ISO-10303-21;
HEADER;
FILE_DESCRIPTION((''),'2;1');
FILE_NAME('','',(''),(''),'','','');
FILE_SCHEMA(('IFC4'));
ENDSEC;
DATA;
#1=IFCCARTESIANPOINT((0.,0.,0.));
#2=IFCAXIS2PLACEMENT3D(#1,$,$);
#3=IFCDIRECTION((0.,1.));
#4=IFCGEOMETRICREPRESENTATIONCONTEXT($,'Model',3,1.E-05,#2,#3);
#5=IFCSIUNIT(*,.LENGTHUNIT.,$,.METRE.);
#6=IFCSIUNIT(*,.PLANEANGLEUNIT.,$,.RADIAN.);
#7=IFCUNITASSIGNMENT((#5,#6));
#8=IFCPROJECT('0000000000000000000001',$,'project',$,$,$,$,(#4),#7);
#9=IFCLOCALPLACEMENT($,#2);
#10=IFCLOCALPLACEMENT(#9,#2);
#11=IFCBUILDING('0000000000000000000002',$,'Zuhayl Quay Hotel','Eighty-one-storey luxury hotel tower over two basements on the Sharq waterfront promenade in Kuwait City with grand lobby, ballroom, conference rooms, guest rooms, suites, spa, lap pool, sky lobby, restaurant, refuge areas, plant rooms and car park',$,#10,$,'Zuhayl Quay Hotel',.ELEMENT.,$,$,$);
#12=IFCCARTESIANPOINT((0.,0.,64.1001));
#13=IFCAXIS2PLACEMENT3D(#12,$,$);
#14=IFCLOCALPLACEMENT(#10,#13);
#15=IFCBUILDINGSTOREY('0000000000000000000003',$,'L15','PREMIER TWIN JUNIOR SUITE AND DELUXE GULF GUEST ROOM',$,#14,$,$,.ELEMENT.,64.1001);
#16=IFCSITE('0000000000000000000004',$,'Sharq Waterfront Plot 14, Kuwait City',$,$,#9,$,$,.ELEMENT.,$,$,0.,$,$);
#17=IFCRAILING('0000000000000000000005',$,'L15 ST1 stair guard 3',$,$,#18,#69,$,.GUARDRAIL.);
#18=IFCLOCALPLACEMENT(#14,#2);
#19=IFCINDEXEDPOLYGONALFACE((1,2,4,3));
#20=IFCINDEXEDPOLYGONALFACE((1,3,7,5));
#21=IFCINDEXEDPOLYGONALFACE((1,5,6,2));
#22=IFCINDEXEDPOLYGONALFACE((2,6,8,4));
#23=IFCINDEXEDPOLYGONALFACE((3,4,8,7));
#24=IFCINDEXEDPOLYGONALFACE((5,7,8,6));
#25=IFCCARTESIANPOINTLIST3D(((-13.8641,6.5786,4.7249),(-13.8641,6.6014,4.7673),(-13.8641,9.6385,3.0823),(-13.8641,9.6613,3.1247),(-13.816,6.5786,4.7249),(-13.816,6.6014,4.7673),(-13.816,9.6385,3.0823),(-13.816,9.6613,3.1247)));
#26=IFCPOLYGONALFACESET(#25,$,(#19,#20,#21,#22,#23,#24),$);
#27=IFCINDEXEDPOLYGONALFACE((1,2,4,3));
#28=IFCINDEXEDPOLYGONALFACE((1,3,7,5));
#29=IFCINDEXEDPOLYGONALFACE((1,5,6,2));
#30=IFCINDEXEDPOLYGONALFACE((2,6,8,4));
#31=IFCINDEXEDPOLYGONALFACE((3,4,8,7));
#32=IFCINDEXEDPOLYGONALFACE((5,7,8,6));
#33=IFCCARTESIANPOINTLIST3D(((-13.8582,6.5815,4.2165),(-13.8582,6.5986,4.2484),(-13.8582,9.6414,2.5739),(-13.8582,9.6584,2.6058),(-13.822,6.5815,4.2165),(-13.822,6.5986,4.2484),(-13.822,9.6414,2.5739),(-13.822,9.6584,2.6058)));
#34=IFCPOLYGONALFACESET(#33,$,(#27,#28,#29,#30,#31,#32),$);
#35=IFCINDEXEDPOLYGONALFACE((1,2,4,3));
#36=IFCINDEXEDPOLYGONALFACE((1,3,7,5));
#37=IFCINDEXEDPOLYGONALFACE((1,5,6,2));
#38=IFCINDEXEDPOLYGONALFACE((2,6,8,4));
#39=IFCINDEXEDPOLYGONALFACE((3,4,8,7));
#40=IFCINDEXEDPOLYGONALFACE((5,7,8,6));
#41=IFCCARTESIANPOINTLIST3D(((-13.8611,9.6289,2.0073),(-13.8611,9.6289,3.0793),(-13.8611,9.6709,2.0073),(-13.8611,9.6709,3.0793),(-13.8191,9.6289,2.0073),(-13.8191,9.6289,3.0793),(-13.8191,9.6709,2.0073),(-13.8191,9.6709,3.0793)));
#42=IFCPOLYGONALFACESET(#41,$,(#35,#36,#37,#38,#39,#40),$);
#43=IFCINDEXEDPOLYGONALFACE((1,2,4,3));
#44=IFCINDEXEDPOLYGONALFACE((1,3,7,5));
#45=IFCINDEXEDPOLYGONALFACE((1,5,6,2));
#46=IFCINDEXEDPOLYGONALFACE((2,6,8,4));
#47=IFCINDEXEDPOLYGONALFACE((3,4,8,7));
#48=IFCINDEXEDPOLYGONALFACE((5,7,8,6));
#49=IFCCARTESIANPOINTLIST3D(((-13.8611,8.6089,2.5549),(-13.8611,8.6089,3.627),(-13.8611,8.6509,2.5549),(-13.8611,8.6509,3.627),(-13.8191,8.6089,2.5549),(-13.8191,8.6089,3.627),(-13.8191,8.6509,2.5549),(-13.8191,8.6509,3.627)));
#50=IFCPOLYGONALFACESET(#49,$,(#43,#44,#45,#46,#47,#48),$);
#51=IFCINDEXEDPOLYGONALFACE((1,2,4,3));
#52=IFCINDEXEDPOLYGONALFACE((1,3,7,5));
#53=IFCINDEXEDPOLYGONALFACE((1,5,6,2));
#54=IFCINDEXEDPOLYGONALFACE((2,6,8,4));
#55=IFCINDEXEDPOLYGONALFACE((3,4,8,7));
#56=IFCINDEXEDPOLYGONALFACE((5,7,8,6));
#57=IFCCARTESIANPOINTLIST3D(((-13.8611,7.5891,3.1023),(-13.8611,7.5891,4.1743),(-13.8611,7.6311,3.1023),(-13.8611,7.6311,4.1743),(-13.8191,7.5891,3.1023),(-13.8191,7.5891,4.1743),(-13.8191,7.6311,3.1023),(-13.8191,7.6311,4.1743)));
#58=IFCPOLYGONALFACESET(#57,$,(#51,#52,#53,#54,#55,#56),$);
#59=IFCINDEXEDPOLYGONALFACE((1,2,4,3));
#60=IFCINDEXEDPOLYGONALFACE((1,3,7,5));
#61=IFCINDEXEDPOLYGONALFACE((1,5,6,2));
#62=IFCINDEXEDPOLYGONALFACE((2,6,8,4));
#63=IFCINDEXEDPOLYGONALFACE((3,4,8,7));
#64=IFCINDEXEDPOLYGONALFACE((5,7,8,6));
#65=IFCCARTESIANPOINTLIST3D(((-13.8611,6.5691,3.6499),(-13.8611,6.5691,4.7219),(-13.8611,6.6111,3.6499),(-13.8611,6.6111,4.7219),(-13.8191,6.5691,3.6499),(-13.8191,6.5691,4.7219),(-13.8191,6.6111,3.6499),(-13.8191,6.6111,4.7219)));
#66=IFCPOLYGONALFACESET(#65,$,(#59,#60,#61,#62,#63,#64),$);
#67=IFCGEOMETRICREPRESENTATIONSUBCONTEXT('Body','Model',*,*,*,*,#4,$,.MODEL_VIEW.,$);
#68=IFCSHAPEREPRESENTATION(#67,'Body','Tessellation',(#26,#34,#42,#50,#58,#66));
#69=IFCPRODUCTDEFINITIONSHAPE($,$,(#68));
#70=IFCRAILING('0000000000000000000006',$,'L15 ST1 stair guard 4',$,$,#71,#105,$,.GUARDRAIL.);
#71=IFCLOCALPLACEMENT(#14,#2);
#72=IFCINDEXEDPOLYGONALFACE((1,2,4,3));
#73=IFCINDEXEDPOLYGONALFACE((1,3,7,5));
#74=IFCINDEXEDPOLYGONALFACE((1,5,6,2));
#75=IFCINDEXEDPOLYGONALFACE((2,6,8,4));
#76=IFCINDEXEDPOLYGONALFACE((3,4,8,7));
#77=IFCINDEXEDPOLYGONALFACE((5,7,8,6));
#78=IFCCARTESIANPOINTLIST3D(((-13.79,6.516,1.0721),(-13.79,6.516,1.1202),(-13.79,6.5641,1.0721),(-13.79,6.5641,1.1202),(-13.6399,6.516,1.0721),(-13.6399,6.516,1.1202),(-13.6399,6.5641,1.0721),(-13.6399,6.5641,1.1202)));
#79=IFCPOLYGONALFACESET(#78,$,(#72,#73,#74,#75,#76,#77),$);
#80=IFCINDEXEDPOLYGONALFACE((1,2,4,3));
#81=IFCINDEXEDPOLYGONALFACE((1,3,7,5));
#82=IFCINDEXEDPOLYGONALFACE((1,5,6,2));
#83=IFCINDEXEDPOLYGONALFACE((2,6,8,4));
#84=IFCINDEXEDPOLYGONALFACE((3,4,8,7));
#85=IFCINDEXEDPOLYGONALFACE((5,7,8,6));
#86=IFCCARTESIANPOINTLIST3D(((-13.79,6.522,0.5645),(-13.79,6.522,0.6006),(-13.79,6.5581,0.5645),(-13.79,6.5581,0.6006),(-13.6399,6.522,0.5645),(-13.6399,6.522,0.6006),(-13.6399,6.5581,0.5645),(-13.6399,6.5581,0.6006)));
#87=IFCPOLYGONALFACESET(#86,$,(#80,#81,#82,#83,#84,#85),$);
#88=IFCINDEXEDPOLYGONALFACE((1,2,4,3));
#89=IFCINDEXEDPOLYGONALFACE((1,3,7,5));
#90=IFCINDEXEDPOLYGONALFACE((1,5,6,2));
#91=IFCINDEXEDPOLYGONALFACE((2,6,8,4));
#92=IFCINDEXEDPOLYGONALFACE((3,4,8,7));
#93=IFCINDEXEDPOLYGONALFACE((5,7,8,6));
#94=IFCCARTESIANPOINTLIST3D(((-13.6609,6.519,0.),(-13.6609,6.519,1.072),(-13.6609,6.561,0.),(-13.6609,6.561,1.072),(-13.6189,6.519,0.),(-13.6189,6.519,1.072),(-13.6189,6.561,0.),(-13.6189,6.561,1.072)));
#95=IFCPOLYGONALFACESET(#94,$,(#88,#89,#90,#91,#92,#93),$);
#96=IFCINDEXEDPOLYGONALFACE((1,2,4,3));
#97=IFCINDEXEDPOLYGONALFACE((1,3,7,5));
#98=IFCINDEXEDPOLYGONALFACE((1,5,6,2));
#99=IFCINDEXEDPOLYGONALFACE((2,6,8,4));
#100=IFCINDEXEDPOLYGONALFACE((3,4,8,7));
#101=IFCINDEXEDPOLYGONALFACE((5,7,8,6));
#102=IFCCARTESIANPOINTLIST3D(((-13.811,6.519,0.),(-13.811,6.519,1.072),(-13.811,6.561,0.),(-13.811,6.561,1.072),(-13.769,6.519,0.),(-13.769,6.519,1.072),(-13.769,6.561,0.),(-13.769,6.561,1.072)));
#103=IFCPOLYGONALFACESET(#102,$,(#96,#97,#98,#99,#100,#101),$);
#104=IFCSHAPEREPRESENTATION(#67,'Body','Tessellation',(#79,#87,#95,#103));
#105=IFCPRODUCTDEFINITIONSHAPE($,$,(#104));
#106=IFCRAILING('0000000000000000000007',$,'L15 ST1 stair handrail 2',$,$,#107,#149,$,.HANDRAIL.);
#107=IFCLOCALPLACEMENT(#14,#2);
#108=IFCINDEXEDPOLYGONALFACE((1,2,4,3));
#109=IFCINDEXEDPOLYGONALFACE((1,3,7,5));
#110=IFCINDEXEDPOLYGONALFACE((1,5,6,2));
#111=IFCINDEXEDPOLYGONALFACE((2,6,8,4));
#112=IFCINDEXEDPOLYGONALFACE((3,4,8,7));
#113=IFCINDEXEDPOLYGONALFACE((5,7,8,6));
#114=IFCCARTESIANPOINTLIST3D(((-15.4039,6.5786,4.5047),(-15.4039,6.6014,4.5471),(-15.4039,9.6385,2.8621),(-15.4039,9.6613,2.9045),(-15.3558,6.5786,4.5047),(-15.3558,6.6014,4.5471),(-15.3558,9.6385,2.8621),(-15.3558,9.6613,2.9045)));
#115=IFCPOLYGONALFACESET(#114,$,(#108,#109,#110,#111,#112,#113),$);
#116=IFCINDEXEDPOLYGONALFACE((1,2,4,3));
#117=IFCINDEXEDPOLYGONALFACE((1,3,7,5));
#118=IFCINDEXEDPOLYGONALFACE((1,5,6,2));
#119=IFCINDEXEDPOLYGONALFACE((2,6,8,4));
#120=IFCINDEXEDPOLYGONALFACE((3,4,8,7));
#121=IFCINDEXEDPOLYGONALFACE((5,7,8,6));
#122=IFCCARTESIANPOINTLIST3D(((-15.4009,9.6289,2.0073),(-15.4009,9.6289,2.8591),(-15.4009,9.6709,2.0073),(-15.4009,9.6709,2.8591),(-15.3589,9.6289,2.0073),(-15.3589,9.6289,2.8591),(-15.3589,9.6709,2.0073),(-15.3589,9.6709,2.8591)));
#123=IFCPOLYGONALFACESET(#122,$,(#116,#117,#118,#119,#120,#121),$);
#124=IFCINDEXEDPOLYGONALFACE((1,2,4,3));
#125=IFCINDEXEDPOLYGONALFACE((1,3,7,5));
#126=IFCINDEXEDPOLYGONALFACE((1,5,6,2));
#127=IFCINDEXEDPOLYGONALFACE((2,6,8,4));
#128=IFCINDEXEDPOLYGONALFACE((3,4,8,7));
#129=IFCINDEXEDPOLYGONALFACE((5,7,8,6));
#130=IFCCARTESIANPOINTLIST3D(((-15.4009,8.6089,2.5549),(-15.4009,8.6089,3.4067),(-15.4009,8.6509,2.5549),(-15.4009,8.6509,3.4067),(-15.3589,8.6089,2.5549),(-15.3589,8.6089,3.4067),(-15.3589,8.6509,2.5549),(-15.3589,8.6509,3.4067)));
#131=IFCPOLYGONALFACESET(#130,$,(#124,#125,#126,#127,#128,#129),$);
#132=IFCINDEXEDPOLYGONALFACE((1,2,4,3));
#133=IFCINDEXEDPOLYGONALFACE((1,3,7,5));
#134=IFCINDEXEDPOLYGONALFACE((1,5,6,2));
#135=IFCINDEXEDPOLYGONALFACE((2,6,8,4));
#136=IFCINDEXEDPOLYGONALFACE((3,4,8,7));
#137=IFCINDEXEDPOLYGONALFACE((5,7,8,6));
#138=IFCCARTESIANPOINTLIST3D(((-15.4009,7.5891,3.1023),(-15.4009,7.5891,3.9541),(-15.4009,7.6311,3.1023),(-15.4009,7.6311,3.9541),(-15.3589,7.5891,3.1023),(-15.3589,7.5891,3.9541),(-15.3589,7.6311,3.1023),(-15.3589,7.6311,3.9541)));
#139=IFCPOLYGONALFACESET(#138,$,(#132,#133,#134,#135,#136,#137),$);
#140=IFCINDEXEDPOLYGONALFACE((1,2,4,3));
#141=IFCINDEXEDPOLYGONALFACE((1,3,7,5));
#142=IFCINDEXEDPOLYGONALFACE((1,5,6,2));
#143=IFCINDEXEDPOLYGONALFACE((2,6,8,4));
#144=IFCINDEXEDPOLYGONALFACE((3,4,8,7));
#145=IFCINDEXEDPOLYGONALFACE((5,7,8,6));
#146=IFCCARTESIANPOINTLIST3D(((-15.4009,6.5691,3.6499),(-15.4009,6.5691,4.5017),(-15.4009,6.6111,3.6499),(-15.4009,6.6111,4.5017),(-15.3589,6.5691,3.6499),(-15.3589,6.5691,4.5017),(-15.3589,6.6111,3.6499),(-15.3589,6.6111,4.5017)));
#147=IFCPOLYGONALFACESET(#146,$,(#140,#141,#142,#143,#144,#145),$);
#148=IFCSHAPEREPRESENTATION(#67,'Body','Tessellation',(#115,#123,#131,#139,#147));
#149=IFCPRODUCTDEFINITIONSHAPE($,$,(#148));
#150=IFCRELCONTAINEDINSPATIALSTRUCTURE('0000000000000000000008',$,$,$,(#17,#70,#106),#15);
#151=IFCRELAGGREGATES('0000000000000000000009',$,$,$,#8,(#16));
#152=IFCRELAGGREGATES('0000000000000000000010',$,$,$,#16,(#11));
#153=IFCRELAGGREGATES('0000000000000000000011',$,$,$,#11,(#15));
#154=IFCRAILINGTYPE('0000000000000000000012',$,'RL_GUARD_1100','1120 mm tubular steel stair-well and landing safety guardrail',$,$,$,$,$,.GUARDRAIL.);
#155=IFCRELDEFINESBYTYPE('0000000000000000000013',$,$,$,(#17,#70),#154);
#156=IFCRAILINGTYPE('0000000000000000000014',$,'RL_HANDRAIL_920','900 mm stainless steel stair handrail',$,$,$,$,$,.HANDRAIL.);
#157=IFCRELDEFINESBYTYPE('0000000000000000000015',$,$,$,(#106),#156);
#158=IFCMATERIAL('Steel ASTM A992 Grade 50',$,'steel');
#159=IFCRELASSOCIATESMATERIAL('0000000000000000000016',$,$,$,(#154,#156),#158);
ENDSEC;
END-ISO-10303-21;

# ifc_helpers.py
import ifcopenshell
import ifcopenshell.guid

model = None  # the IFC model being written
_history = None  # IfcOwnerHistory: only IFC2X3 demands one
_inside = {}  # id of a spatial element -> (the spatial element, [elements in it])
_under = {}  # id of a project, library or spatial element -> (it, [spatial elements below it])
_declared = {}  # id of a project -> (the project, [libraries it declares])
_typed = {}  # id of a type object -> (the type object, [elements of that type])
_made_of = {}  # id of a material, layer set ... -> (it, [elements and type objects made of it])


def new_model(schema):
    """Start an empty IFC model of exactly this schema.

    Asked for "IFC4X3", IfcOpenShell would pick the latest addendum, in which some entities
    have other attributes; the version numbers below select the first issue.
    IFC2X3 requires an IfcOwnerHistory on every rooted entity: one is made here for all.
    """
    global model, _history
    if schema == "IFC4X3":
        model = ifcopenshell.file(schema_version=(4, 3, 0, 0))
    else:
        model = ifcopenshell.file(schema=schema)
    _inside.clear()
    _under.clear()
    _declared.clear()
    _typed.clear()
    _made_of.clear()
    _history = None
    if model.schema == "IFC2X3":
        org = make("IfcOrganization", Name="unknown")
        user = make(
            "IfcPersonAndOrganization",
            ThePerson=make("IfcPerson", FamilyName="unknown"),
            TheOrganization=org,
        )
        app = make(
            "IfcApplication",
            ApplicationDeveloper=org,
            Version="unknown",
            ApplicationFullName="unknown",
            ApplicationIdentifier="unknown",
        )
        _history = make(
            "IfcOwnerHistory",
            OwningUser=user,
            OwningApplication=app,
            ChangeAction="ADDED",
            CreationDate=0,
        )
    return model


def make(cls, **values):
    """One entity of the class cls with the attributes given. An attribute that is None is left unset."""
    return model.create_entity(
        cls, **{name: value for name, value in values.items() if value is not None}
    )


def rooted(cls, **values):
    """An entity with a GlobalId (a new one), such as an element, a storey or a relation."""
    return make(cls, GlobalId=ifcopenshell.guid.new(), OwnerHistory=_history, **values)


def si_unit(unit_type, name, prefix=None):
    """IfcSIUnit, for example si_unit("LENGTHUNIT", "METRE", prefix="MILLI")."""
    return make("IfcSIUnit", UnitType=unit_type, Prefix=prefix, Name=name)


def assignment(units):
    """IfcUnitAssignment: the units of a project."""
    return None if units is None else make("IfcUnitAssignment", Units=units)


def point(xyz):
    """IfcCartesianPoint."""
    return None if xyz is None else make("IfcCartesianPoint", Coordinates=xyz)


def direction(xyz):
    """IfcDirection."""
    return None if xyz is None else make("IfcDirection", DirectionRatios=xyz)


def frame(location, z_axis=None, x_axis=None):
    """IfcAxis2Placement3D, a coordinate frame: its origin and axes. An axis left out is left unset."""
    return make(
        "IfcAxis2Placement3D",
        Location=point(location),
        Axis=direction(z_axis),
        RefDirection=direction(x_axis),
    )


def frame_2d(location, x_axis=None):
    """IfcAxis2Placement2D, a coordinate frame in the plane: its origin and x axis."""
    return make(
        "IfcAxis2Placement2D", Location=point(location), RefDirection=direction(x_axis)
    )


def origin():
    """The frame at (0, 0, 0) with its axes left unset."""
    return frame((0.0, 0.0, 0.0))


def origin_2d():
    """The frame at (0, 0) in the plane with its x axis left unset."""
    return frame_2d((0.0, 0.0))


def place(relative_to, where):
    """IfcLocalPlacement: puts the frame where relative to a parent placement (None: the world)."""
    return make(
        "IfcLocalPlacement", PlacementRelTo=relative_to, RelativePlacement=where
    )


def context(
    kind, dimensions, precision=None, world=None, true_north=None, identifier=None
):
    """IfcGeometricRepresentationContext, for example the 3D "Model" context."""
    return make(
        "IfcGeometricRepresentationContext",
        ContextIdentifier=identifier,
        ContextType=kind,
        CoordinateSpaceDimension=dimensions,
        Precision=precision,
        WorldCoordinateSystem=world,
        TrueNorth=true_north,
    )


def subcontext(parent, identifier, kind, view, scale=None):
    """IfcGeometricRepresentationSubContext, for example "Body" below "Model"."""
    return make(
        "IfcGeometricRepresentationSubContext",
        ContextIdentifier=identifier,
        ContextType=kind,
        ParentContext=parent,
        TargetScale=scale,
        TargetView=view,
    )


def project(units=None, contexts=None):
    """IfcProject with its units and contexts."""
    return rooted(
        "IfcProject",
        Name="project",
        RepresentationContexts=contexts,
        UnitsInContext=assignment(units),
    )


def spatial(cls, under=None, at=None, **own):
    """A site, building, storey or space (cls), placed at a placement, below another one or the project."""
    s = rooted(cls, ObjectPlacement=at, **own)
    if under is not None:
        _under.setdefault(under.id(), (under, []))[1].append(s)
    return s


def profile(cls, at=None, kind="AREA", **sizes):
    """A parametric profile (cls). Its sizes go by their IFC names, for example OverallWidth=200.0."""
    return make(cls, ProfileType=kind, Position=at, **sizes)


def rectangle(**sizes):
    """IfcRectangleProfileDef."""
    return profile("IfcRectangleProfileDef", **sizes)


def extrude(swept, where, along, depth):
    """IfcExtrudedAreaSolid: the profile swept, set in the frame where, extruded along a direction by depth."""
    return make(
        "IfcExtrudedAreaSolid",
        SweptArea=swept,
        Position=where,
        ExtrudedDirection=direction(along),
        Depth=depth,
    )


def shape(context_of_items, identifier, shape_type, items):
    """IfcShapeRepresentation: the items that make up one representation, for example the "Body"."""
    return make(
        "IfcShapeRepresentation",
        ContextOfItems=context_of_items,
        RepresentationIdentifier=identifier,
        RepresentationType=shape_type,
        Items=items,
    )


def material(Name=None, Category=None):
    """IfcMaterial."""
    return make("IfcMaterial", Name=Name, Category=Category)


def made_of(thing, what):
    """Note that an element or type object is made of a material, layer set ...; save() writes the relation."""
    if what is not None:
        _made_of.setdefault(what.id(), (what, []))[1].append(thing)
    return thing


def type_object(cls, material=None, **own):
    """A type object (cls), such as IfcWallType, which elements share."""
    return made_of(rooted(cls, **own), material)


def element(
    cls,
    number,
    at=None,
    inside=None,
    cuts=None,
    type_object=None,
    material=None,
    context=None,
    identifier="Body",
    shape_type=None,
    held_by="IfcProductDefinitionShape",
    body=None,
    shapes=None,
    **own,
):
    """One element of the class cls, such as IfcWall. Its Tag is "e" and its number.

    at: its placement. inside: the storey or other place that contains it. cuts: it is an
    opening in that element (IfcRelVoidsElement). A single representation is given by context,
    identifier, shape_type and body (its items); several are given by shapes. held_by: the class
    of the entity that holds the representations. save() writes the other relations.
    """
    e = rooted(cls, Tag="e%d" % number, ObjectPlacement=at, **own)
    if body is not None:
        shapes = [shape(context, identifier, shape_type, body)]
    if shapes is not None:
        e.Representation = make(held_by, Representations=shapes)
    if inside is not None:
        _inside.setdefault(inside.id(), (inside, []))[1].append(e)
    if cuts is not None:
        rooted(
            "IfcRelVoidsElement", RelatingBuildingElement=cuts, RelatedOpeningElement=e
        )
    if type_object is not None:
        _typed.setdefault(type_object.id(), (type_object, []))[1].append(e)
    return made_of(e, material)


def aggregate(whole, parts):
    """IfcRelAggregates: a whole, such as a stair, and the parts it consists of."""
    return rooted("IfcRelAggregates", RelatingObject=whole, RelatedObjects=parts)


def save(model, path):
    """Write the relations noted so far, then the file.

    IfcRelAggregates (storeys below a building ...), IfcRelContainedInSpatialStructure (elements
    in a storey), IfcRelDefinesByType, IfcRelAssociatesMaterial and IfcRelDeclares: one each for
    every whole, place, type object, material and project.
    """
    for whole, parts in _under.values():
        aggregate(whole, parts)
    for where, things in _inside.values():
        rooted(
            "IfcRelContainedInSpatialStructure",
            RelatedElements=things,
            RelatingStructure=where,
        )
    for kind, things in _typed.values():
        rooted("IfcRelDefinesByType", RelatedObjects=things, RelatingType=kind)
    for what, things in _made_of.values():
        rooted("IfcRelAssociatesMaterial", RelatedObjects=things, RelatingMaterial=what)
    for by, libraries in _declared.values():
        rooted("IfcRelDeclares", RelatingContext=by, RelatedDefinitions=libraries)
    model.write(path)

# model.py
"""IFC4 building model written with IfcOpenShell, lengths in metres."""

from ifc_helpers import new_model, si_unit, direction, frame, origin, origin_2d, place, context, subcontext, project, spatial, rectangle, extrude, material, type_object, element, save


model = new_model("IFC4")

# Units and contexts
model_context = context("Model", 3, precision=1e-05, world=origin(), true_north=direction((0.0, 1.0)))
body_context = subcontext(model_context, "Body", "Model", "MODEL_VIEW")
ifc_project = project(units=[si_unit("LENGTHUNIT", "METRE"), si_unit("PLANEANGLEUNIT", "RADIAN")], contexts=[model_context])

# Site, building, storey
site_placement = place(None, origin())
site = spatial("IfcSite", under=ifc_project, at=site_placement, Name="Sharq Waterfront Plot 14, Kuwait City", CompositionType="ELEMENT", RefElevation=0.0)
building_placement = place(site_placement, origin())
building = spatial("IfcBuilding", under=site, at=building_placement, Name="Zuhayl Quay Hotel", Description="Eighty-one-storey luxury hotel tower over two basements on the Sharq waterfront promenade in Kuwait City with grand lobby, ballroom, conference rooms, guest rooms, suites, spa, lap pool, sky lobby, restaurant, refuge areas, plant rooms and car park", LongName="Zuhayl Quay Hotel", CompositionType="ELEMENT")
storey_placement = place(building_placement, frame((0.0, 0.0, 64.1001)))
storey = spatial("IfcBuildingStorey", under=building, at=storey_placement, Name="L15", Description="PREMIER TWIN JUNIOR SUITE AND DELUXE GULF GUEST ROOM", CompositionType="ELEMENT", Elevation=64.1001)

# Shared definitions
ifc_material_1 = material(Name="Steel ASTM A992 Grade 50", Category="steel")

# Railings
railing_type_1 = type_object("IfcRailingType", Name="RL_GUARD_1100", Description="1120 mm tubular steel stair-well and landing safety guardrail", PredefinedType="GUARDRAIL", material=ifc_material_1)
railing_1_placement = place(storey_placement, frame((-13.8401, 9.6499, 2.0073)))
element("IfcRailing", 1, at=railing_1_placement, inside=storey, type_object=railing_type_1, Name="L15 ST1 stair guard 3", PredefinedType="GUARDRAIL", context=body_context, shape_type="SweptSolid", body=[
    extrude(rectangle(XDim=0.0481, YDim=0.0481, at=origin_2d()), frame((0.0, 0.0, 1.0962), z_axis=(0.0, -0.881073, 0.47298), x_axis=(1.0, 0.0, 0.0)), (0.0, 0.0, 1.0), 3.4729),
    extrude(rectangle(XDim=0.0361, YDim=0.0361, at=origin_2d()), frame((0.0, 0.0, 0.5825), z_axis=(0.0, -0.881073, 0.47298), x_axis=(1.0, 0.0, 0.0)), (0.0, 0.0, 1.0), 3.4729),
    extrude(rectangle(XDim=0.042, YDim=0.042, at=origin_2d()), origin(), (0.0, 0.0, 1.0), 1.072),
    extrude(rectangle(XDim=0.042, YDim=0.042, at=origin_2d()), frame((0.0, -1.02, 0.5476)), (0.0, 0.0, 1.0), 1.072),
    extrude(rectangle(XDim=0.042, YDim=0.042, at=origin_2d()), frame((0.0, -2.0398, 1.095)), (0.0, 0.0, 1.0), 1.072),
    extrude(rectangle(XDim=0.042, YDim=0.042, at=origin_2d()), frame((0.0, -3.0598, 1.6426)), (0.0, 0.0, 1.0), 1.072),
])
railing_2_placement = place(storey_placement, frame((-13.6399, 6.54, 0.0)))
element("IfcRailing", 2, at=railing_2_placement, inside=storey, type_object=railing_type_1, Name="L15 ST1 stair guard 4", PredefinedType="GUARDRAIL", context=body_context, shape_type="SweptSolid", body=[
    extrude(rectangle(XDim=0.0481, YDim=0.0481, at=origin_2d()), frame((0.0, 0.0, 1.0962), z_axis=(-1.0, 0.0, 0.0), x_axis=(0.0, -1.0, 0.0)), (0.0, 0.0, 1.0), 0.1501),
    extrude(rectangle(XDim=0.0361, YDim=0.0361, at=origin_2d()), frame((0.0, 0.0, 0.5825), z_axis=(-1.0, 0.0, 0.0), x_axis=(0.0, -1.0, 0.0)), (0.0, 0.0, 1.0), 0.1501),
    extrude(rectangle(XDim=0.042, YDim=0.042, at=origin_2d()), origin(), (0.0, 0.0, 1.0), 1.072),
    extrude(rectangle(XDim=0.042, YDim=0.042, at=origin_2d()), frame((-0.1501, 0.0, 0.0)), (0.0, 0.0, 1.0), 1.072),
])
railing_type_2 = type_object("IfcRailingType", Name="RL_HANDRAIL_920", Description="900 mm stainless steel stair handrail", PredefinedType="HANDRAIL", material=ifc_material_1)
railing_3_placement = place(storey_placement, frame((-15.3799, 9.6499, 2.0073)))
element("IfcRailing", 3, at=railing_3_placement, inside=storey, type_object=railing_type_2, Name="L15 ST1 stair handrail 2", PredefinedType="HANDRAIL", context=body_context, shape_type="SweptSolid", body=[
    extrude(rectangle(XDim=0.0481, YDim=0.0481, at=origin_2d()), frame((0.0, 0.0, 0.876), z_axis=(0.0, -0.881073, 0.47298), x_axis=(1.0, 0.0, 0.0)), (0.0, 0.0, 1.0), 3.4729),
    extrude(rectangle(XDim=0.042, YDim=0.042, at=origin_2d()), origin(), (0.0, 0.0, 1.0), 0.8518),
    extrude(rectangle(XDim=0.042, YDim=0.042, at=origin_2d()), frame((0.0, -1.02, 0.5476)), (0.0, 0.0, 1.0), 0.8518),
    extrude(rectangle(XDim=0.042, YDim=0.042, at=origin_2d()), frame((0.0, -2.0398, 1.095)), (0.0, 0.0, 1.0), 0.8518),
    extrude(rectangle(XDim=0.042, YDim=0.042, at=origin_2d()), frame((0.0, -3.0598, 1.6426)), (0.0, 0.0, 1.0), 0.8518),
])

save(model, "model.ifc")
